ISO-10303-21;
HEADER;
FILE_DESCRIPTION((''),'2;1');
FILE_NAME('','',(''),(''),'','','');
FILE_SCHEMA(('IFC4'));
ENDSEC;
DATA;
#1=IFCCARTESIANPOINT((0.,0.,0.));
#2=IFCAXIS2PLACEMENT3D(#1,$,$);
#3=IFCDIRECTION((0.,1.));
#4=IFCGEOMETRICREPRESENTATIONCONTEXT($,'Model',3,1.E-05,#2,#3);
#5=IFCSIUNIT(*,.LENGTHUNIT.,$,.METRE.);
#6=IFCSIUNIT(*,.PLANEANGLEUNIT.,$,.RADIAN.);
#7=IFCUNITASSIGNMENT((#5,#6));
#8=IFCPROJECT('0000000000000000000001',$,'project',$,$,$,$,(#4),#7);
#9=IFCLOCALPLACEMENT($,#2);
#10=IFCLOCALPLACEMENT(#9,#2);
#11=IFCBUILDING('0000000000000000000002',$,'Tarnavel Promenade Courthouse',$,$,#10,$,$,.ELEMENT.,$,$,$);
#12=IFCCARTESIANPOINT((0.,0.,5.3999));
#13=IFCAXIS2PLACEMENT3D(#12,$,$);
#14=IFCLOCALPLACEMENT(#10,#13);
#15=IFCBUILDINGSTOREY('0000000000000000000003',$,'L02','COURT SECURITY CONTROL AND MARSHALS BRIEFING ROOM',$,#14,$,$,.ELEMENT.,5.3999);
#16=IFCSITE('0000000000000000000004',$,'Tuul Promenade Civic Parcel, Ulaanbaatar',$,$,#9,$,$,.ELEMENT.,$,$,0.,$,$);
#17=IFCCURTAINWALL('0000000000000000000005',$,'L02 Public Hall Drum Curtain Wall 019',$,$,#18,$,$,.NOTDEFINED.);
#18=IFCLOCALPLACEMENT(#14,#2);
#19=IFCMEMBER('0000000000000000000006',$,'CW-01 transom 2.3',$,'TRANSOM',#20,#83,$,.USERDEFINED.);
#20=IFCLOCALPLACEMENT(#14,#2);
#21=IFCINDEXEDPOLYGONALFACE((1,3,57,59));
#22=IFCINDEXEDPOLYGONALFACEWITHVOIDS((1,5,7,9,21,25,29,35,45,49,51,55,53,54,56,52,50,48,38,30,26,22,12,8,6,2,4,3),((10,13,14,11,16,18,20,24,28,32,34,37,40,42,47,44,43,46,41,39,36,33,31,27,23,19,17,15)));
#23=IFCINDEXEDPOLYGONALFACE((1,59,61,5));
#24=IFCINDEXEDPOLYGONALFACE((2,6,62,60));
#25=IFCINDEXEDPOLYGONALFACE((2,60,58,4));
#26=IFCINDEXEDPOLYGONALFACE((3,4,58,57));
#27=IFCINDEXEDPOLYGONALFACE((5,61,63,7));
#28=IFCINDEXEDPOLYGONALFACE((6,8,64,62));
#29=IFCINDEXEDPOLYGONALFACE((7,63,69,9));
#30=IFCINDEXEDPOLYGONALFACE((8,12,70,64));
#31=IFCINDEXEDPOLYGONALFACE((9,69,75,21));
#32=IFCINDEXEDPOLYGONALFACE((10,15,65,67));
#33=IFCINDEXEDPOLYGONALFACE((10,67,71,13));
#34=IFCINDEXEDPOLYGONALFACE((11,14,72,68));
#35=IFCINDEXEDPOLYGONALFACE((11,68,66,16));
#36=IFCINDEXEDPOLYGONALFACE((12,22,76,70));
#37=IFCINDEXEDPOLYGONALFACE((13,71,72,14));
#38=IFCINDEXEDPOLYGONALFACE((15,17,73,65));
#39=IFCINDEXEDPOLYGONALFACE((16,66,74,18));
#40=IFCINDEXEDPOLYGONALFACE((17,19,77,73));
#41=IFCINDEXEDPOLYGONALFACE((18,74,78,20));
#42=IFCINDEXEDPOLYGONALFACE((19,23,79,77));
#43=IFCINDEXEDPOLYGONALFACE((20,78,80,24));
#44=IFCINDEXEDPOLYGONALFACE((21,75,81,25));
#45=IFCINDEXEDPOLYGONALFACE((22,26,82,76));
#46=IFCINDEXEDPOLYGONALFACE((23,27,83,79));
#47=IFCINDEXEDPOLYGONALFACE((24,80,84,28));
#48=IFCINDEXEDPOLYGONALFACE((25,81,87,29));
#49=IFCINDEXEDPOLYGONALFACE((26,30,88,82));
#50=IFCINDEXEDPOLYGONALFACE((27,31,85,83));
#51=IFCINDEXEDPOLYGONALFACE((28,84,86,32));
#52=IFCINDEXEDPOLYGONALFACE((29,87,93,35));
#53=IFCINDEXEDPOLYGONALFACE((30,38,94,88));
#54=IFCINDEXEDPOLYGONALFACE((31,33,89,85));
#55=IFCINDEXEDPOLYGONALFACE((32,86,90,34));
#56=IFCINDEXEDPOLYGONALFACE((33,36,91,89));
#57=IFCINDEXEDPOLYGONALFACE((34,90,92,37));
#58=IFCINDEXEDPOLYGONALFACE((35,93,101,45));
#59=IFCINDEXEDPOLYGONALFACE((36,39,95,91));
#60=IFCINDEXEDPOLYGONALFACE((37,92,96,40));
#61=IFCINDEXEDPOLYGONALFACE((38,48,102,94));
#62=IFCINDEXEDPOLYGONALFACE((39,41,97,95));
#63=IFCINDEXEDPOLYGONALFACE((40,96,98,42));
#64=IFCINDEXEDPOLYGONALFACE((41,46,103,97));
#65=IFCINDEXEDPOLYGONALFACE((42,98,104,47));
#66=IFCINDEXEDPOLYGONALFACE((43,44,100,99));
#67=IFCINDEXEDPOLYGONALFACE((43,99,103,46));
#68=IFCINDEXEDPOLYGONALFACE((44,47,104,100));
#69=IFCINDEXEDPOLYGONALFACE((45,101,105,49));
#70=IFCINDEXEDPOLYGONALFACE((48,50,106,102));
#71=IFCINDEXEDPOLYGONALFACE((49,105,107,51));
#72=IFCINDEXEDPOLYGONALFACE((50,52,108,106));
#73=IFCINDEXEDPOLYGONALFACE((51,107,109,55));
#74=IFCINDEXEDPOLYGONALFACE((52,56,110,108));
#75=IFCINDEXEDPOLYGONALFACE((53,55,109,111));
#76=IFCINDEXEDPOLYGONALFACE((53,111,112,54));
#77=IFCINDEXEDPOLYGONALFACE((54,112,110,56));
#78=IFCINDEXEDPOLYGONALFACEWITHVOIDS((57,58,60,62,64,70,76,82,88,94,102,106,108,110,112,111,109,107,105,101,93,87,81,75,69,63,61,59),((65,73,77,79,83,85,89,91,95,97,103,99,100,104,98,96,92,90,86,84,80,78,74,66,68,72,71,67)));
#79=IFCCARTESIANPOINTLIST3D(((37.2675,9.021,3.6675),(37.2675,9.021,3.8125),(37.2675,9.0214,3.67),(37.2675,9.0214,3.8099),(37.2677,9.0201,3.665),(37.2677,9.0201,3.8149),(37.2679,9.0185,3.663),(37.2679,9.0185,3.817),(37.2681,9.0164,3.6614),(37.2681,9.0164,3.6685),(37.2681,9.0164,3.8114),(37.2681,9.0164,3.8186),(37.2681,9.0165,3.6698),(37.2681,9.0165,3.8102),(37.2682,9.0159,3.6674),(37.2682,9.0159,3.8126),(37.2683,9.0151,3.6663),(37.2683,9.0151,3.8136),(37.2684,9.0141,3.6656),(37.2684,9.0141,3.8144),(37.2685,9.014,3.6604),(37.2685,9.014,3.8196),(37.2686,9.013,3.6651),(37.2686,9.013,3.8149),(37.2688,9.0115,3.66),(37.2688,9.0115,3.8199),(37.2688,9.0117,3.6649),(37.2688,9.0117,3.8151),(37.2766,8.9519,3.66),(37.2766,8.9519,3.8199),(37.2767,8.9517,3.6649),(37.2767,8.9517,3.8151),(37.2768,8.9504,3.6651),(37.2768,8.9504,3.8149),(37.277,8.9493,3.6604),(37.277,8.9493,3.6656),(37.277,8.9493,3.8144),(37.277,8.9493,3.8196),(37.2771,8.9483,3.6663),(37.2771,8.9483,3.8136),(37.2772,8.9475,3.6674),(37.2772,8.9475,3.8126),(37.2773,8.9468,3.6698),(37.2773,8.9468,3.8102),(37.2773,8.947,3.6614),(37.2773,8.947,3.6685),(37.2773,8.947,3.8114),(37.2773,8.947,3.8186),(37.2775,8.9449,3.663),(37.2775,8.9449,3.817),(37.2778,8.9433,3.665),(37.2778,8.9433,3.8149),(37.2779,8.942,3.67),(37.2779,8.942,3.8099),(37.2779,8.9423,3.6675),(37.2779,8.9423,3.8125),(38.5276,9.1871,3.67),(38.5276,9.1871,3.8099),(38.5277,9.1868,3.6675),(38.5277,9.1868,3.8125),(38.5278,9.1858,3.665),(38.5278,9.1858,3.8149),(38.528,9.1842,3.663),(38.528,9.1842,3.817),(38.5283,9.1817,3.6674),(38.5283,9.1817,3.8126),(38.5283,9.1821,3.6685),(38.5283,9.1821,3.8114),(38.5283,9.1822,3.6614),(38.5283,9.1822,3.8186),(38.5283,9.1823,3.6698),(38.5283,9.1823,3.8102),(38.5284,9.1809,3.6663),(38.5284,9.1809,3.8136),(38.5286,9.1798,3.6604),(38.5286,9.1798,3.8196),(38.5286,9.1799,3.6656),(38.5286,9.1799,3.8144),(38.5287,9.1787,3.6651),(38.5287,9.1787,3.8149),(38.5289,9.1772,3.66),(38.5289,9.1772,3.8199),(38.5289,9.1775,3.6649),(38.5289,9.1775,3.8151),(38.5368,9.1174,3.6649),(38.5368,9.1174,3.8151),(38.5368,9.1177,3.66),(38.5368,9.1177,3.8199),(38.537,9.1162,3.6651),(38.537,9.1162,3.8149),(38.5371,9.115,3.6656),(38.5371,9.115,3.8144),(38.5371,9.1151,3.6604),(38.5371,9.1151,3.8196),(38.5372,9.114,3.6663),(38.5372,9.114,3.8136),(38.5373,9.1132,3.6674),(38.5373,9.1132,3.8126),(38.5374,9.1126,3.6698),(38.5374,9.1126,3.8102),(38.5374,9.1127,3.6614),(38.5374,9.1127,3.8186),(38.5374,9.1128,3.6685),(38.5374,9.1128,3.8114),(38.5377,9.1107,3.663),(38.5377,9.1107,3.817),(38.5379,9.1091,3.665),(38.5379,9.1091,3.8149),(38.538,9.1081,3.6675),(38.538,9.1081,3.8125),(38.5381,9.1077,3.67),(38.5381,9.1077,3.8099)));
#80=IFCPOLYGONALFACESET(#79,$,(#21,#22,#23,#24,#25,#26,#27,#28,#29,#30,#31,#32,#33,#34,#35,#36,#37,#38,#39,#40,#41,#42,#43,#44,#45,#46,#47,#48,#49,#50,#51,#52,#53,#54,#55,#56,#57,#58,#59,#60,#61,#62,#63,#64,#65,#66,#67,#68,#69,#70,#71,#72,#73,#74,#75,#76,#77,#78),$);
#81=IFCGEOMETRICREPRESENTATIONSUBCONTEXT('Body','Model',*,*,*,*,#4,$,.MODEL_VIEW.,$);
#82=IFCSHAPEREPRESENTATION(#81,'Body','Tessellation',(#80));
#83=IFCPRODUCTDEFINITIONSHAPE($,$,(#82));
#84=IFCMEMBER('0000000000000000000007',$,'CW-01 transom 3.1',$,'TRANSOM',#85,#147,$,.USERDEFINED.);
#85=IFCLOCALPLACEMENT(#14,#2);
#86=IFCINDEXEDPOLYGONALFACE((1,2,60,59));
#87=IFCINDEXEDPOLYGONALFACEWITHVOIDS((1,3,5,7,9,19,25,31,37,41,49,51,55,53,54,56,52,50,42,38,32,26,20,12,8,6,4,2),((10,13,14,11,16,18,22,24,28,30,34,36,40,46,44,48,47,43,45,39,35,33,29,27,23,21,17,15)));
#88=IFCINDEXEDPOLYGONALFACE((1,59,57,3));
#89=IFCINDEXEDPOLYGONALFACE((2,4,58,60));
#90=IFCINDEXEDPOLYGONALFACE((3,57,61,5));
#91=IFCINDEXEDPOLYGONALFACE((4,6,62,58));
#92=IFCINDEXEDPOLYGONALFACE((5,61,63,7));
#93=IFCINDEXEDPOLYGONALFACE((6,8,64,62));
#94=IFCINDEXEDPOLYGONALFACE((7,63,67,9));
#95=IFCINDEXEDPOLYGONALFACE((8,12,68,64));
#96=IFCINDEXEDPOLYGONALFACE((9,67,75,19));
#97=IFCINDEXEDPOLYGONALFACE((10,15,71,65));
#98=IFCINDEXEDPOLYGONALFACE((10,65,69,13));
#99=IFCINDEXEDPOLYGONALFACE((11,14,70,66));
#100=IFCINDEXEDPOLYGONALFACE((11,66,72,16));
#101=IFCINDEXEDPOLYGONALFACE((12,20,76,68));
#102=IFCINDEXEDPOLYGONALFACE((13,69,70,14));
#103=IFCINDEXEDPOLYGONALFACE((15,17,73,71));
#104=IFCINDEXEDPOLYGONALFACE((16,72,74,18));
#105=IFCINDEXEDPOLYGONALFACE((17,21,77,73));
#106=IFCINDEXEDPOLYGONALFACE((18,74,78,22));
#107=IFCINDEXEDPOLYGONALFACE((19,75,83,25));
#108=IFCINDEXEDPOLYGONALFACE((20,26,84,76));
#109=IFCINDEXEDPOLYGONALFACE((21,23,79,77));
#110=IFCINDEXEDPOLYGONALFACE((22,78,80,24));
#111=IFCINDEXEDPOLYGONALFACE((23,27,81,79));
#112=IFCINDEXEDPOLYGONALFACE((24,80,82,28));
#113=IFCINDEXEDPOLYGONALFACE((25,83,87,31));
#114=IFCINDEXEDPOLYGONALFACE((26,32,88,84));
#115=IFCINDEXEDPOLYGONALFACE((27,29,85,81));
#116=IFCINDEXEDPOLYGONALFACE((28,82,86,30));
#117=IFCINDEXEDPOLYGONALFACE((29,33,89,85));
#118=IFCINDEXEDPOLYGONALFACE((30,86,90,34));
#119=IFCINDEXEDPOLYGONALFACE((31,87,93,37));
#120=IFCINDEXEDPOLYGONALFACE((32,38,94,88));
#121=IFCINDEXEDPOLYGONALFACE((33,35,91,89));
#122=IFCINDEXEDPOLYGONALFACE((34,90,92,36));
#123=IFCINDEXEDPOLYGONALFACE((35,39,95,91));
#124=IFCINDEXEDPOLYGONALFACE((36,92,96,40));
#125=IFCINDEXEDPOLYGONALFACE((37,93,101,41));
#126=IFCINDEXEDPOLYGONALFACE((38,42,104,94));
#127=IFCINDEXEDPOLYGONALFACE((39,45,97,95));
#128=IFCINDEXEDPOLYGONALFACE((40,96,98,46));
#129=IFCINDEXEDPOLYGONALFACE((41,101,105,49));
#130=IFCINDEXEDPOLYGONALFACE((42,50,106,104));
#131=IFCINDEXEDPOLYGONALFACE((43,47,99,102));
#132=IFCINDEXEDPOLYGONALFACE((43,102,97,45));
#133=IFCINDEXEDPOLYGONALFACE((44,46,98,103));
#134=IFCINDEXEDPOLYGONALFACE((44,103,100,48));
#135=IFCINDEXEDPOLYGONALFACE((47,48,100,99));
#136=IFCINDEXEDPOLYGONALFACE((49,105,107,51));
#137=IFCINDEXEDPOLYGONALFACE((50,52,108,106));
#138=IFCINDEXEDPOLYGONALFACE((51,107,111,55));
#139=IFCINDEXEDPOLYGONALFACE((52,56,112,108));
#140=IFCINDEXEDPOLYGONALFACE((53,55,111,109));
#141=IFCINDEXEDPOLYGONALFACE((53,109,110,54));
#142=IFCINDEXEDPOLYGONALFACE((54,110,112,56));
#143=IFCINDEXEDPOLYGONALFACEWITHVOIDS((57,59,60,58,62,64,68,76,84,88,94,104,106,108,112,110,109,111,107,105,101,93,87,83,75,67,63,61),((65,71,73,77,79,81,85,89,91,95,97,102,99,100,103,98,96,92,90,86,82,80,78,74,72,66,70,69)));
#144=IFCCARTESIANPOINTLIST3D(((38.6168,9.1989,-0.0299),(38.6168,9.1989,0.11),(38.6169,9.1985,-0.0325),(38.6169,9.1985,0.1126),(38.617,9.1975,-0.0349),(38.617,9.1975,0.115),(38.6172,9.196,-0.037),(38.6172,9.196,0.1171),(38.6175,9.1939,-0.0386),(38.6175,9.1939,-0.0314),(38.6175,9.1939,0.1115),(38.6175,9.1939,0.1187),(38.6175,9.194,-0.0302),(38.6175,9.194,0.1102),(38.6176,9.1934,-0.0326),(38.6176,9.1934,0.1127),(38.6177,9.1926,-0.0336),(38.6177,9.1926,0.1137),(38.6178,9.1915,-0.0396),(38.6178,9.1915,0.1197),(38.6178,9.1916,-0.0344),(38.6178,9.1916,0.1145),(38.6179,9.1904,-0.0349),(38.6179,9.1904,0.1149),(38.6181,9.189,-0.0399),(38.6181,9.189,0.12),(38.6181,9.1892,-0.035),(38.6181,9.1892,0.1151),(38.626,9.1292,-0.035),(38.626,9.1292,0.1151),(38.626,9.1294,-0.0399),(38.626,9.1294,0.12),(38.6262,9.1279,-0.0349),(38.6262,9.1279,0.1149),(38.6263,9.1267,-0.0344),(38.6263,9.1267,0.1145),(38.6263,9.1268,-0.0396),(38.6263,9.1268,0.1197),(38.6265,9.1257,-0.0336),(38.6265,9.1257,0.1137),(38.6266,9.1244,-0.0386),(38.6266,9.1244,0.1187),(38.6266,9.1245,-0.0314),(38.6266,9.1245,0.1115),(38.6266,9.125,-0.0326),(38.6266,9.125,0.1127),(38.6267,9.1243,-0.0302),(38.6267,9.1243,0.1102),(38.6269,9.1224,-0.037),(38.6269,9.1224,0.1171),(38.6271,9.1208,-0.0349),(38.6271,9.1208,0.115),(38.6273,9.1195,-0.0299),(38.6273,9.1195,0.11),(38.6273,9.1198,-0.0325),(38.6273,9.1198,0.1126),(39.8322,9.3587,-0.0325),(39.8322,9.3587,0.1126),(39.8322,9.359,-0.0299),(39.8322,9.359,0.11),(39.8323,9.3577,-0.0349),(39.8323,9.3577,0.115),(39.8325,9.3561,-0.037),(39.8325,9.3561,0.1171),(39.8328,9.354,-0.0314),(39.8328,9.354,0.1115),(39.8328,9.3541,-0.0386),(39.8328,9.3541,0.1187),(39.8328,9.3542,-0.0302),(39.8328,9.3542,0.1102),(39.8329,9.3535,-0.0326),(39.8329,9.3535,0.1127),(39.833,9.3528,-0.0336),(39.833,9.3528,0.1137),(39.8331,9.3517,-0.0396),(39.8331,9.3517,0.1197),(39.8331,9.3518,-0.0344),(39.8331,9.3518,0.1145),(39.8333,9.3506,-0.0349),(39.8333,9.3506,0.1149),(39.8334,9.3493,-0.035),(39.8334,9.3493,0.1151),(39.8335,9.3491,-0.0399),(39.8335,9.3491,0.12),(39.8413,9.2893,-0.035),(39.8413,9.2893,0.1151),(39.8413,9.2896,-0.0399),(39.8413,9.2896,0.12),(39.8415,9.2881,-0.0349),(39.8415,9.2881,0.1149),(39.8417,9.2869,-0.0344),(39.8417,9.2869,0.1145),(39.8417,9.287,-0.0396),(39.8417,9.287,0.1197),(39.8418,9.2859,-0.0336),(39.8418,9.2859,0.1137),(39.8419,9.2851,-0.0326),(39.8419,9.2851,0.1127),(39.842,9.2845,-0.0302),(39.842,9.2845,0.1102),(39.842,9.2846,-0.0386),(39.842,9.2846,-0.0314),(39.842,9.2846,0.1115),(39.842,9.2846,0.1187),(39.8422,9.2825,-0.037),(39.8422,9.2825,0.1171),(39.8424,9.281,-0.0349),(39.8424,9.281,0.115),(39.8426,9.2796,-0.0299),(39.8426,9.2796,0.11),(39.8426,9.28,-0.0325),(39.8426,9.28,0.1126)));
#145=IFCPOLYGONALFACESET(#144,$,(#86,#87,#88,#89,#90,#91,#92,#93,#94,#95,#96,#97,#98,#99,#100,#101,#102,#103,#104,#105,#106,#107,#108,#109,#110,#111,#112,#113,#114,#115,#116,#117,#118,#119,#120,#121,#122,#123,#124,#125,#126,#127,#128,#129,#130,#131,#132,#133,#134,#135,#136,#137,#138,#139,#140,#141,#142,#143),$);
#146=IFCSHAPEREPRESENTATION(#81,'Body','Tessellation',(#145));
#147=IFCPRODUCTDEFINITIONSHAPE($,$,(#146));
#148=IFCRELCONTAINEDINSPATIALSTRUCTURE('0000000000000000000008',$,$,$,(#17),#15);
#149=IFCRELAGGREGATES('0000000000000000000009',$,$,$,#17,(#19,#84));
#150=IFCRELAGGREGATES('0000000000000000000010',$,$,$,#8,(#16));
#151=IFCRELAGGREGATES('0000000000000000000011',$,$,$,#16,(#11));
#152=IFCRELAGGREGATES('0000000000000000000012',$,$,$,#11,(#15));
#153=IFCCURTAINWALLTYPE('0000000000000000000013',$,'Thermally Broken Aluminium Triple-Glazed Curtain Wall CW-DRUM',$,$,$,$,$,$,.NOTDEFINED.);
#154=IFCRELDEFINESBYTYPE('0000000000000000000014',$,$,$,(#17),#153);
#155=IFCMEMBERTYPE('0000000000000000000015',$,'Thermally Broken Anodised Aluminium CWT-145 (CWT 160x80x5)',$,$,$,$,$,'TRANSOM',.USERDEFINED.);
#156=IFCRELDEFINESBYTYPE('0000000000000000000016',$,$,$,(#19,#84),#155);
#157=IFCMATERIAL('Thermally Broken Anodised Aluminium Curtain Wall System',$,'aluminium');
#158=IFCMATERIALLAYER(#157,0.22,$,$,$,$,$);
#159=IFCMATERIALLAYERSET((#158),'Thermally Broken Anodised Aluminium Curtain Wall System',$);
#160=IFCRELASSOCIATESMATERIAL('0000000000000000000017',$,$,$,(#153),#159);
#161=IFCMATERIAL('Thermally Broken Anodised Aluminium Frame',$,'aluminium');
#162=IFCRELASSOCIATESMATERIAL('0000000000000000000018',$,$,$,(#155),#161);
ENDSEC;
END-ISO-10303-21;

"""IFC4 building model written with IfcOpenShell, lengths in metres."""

from ifc_helpers import new_model, si_unit, direction, frame, origin, origin_2d, place, context, subcontext, project, spatial, hollow_rectangle, extrude, material, layer, layer_set, material_profile, profile_set, type_object, element, aggregate, save


model = new_model("IFC4")

# Units and contexts
model_context = context("Model", 3, precision=1e-05, world=origin(), true_north=direction((0.0, 1.0)))
body_context = subcontext(model_context, "Body", "Model", "MODEL_VIEW")
ifc_project = project(units=[si_unit("LENGTHUNIT", "METRE"), si_unit("PLANEANGLEUNIT", "RADIAN")], contexts=[model_context])

# Site, building, storey
site_placement = place(None, origin())
site = spatial("IfcSite", under=ifc_project, at=site_placement, Name="Tuul Promenade Civic Parcel, Ulaanbaatar", CompositionType="ELEMENT", RefElevation=0.0)
building_placement = place(site_placement, origin())
building = spatial("IfcBuilding", under=site, at=building_placement, Name="Tarnavel Promenade Courthouse", CompositionType="ELEMENT")
storey_placement = place(building_placement, frame((0.0, 0.0, 5.3999)))
storey = spatial("IfcBuildingStorey", under=building, at=storey_placement, Name="L02", Description="COURT SECURITY CONTROL AND MARSHALS BRIEFING ROOM", CompositionType="ELEMENT", Elevation=5.3999)

# Curtain wall
ifc_material_1 = material(Name="Thermally Broken Anodised Aluminium Curtain Wall System", Category="aluminium")
ifc_layer_1 = layer(ifc_material_1, 0.22)
ifc_layer_set_1 = layer_set([ifc_layer_1], Name="Thermally Broken Anodised Aluminium Curtain Wall System")
curtain_wall_type = type_object("IfcCurtainWallType", Name="Thermally Broken Aluminium Triple-Glazed Curtain Wall CW-DRUM", PredefinedType="NOTDEFINED", material=ifc_layer_set_1)
ifc_material_2 = material(Name="Thermally Broken Anodised Aluminium Frame", Category="aluminium")
curtain_wall_1_placement = place(storey_placement, origin())
curtain_wall_1 = element("IfcCurtainWall", 1, at=curtain_wall_1_placement, inside=storey, type_object=curtain_wall_type, Name="L02 Public Hall Drum Curtain Wall 019", PredefinedType="NOTDEFINED")

# Members
ifc_material_profile_1 = material_profile(ifc_material_2, hollow_rectangle(XDim=0.0801, YDim=0.1599, WallThickness=0.0049, InnerFilletRadius=0.0049, OuterFilletRadius=0.01, at=origin_2d()), Name="CWT 160x80x5")
ifc_profile_set_1 = profile_set([ifc_material_profile_1], Name="Thermally Broken Anodised Aluminium Frame")
member_type_1 = type_object("IfcMemberType", Name="Thermally Broken Anodised Aluminium CWT-145 (CWT 160x80x5)", ElementType="TRANSOM", PredefinedType="USERDEFINED", material=ifc_profile_set_1)
member_1_placement = place(storey_placement, frame((37.2727, 8.9817, 3.74), z_axis=(0.99146, 0.130415, 0.0), x_axis=(-0.130415, 0.99146, 0.0)))
member_1 = element("IfcMember", 2, at=member_1_placement, type_object=member_type_1, Name="CW-01 transom 2.3", ObjectType="TRANSOM", PredefinedType="USERDEFINED", context=body_context, shape_type="SweptSolid", body=[
    extrude(hollow_rectangle(XDim=0.0801, YDim=0.1599, WallThickness=0.0049, InnerFilletRadius=0.0049, OuterFilletRadius=0.01, at=origin_2d()), origin(), (0.0, 0.0, 1.0), 1.271),
])
member_2_placement = place(storey_placement, frame((38.6221, 9.1592, 0.04), z_axis=(0.991429, 0.13065, 0.0), x_axis=(-0.13065, 0.991429, 0.0)))
member_2 = element("IfcMember", 3, at=member_2_placement, type_object=member_type_1, Name="CW-01 transom 3.1", ObjectType="TRANSOM", PredefinedType="USERDEFINED", context=body_context, shape_type="SweptSolid", body=[
    extrude(hollow_rectangle(XDim=0.0801, YDim=0.1599, WallThickness=0.0049, InnerFilletRadius=0.0049, OuterFilletRadius=0.01, at=origin_2d()), origin(), (0.0, 0.0, 1.0), 1.2258),
])

aggregate(curtain_wall_1, [member_1, member_2])

save(model, "model.ifc")
